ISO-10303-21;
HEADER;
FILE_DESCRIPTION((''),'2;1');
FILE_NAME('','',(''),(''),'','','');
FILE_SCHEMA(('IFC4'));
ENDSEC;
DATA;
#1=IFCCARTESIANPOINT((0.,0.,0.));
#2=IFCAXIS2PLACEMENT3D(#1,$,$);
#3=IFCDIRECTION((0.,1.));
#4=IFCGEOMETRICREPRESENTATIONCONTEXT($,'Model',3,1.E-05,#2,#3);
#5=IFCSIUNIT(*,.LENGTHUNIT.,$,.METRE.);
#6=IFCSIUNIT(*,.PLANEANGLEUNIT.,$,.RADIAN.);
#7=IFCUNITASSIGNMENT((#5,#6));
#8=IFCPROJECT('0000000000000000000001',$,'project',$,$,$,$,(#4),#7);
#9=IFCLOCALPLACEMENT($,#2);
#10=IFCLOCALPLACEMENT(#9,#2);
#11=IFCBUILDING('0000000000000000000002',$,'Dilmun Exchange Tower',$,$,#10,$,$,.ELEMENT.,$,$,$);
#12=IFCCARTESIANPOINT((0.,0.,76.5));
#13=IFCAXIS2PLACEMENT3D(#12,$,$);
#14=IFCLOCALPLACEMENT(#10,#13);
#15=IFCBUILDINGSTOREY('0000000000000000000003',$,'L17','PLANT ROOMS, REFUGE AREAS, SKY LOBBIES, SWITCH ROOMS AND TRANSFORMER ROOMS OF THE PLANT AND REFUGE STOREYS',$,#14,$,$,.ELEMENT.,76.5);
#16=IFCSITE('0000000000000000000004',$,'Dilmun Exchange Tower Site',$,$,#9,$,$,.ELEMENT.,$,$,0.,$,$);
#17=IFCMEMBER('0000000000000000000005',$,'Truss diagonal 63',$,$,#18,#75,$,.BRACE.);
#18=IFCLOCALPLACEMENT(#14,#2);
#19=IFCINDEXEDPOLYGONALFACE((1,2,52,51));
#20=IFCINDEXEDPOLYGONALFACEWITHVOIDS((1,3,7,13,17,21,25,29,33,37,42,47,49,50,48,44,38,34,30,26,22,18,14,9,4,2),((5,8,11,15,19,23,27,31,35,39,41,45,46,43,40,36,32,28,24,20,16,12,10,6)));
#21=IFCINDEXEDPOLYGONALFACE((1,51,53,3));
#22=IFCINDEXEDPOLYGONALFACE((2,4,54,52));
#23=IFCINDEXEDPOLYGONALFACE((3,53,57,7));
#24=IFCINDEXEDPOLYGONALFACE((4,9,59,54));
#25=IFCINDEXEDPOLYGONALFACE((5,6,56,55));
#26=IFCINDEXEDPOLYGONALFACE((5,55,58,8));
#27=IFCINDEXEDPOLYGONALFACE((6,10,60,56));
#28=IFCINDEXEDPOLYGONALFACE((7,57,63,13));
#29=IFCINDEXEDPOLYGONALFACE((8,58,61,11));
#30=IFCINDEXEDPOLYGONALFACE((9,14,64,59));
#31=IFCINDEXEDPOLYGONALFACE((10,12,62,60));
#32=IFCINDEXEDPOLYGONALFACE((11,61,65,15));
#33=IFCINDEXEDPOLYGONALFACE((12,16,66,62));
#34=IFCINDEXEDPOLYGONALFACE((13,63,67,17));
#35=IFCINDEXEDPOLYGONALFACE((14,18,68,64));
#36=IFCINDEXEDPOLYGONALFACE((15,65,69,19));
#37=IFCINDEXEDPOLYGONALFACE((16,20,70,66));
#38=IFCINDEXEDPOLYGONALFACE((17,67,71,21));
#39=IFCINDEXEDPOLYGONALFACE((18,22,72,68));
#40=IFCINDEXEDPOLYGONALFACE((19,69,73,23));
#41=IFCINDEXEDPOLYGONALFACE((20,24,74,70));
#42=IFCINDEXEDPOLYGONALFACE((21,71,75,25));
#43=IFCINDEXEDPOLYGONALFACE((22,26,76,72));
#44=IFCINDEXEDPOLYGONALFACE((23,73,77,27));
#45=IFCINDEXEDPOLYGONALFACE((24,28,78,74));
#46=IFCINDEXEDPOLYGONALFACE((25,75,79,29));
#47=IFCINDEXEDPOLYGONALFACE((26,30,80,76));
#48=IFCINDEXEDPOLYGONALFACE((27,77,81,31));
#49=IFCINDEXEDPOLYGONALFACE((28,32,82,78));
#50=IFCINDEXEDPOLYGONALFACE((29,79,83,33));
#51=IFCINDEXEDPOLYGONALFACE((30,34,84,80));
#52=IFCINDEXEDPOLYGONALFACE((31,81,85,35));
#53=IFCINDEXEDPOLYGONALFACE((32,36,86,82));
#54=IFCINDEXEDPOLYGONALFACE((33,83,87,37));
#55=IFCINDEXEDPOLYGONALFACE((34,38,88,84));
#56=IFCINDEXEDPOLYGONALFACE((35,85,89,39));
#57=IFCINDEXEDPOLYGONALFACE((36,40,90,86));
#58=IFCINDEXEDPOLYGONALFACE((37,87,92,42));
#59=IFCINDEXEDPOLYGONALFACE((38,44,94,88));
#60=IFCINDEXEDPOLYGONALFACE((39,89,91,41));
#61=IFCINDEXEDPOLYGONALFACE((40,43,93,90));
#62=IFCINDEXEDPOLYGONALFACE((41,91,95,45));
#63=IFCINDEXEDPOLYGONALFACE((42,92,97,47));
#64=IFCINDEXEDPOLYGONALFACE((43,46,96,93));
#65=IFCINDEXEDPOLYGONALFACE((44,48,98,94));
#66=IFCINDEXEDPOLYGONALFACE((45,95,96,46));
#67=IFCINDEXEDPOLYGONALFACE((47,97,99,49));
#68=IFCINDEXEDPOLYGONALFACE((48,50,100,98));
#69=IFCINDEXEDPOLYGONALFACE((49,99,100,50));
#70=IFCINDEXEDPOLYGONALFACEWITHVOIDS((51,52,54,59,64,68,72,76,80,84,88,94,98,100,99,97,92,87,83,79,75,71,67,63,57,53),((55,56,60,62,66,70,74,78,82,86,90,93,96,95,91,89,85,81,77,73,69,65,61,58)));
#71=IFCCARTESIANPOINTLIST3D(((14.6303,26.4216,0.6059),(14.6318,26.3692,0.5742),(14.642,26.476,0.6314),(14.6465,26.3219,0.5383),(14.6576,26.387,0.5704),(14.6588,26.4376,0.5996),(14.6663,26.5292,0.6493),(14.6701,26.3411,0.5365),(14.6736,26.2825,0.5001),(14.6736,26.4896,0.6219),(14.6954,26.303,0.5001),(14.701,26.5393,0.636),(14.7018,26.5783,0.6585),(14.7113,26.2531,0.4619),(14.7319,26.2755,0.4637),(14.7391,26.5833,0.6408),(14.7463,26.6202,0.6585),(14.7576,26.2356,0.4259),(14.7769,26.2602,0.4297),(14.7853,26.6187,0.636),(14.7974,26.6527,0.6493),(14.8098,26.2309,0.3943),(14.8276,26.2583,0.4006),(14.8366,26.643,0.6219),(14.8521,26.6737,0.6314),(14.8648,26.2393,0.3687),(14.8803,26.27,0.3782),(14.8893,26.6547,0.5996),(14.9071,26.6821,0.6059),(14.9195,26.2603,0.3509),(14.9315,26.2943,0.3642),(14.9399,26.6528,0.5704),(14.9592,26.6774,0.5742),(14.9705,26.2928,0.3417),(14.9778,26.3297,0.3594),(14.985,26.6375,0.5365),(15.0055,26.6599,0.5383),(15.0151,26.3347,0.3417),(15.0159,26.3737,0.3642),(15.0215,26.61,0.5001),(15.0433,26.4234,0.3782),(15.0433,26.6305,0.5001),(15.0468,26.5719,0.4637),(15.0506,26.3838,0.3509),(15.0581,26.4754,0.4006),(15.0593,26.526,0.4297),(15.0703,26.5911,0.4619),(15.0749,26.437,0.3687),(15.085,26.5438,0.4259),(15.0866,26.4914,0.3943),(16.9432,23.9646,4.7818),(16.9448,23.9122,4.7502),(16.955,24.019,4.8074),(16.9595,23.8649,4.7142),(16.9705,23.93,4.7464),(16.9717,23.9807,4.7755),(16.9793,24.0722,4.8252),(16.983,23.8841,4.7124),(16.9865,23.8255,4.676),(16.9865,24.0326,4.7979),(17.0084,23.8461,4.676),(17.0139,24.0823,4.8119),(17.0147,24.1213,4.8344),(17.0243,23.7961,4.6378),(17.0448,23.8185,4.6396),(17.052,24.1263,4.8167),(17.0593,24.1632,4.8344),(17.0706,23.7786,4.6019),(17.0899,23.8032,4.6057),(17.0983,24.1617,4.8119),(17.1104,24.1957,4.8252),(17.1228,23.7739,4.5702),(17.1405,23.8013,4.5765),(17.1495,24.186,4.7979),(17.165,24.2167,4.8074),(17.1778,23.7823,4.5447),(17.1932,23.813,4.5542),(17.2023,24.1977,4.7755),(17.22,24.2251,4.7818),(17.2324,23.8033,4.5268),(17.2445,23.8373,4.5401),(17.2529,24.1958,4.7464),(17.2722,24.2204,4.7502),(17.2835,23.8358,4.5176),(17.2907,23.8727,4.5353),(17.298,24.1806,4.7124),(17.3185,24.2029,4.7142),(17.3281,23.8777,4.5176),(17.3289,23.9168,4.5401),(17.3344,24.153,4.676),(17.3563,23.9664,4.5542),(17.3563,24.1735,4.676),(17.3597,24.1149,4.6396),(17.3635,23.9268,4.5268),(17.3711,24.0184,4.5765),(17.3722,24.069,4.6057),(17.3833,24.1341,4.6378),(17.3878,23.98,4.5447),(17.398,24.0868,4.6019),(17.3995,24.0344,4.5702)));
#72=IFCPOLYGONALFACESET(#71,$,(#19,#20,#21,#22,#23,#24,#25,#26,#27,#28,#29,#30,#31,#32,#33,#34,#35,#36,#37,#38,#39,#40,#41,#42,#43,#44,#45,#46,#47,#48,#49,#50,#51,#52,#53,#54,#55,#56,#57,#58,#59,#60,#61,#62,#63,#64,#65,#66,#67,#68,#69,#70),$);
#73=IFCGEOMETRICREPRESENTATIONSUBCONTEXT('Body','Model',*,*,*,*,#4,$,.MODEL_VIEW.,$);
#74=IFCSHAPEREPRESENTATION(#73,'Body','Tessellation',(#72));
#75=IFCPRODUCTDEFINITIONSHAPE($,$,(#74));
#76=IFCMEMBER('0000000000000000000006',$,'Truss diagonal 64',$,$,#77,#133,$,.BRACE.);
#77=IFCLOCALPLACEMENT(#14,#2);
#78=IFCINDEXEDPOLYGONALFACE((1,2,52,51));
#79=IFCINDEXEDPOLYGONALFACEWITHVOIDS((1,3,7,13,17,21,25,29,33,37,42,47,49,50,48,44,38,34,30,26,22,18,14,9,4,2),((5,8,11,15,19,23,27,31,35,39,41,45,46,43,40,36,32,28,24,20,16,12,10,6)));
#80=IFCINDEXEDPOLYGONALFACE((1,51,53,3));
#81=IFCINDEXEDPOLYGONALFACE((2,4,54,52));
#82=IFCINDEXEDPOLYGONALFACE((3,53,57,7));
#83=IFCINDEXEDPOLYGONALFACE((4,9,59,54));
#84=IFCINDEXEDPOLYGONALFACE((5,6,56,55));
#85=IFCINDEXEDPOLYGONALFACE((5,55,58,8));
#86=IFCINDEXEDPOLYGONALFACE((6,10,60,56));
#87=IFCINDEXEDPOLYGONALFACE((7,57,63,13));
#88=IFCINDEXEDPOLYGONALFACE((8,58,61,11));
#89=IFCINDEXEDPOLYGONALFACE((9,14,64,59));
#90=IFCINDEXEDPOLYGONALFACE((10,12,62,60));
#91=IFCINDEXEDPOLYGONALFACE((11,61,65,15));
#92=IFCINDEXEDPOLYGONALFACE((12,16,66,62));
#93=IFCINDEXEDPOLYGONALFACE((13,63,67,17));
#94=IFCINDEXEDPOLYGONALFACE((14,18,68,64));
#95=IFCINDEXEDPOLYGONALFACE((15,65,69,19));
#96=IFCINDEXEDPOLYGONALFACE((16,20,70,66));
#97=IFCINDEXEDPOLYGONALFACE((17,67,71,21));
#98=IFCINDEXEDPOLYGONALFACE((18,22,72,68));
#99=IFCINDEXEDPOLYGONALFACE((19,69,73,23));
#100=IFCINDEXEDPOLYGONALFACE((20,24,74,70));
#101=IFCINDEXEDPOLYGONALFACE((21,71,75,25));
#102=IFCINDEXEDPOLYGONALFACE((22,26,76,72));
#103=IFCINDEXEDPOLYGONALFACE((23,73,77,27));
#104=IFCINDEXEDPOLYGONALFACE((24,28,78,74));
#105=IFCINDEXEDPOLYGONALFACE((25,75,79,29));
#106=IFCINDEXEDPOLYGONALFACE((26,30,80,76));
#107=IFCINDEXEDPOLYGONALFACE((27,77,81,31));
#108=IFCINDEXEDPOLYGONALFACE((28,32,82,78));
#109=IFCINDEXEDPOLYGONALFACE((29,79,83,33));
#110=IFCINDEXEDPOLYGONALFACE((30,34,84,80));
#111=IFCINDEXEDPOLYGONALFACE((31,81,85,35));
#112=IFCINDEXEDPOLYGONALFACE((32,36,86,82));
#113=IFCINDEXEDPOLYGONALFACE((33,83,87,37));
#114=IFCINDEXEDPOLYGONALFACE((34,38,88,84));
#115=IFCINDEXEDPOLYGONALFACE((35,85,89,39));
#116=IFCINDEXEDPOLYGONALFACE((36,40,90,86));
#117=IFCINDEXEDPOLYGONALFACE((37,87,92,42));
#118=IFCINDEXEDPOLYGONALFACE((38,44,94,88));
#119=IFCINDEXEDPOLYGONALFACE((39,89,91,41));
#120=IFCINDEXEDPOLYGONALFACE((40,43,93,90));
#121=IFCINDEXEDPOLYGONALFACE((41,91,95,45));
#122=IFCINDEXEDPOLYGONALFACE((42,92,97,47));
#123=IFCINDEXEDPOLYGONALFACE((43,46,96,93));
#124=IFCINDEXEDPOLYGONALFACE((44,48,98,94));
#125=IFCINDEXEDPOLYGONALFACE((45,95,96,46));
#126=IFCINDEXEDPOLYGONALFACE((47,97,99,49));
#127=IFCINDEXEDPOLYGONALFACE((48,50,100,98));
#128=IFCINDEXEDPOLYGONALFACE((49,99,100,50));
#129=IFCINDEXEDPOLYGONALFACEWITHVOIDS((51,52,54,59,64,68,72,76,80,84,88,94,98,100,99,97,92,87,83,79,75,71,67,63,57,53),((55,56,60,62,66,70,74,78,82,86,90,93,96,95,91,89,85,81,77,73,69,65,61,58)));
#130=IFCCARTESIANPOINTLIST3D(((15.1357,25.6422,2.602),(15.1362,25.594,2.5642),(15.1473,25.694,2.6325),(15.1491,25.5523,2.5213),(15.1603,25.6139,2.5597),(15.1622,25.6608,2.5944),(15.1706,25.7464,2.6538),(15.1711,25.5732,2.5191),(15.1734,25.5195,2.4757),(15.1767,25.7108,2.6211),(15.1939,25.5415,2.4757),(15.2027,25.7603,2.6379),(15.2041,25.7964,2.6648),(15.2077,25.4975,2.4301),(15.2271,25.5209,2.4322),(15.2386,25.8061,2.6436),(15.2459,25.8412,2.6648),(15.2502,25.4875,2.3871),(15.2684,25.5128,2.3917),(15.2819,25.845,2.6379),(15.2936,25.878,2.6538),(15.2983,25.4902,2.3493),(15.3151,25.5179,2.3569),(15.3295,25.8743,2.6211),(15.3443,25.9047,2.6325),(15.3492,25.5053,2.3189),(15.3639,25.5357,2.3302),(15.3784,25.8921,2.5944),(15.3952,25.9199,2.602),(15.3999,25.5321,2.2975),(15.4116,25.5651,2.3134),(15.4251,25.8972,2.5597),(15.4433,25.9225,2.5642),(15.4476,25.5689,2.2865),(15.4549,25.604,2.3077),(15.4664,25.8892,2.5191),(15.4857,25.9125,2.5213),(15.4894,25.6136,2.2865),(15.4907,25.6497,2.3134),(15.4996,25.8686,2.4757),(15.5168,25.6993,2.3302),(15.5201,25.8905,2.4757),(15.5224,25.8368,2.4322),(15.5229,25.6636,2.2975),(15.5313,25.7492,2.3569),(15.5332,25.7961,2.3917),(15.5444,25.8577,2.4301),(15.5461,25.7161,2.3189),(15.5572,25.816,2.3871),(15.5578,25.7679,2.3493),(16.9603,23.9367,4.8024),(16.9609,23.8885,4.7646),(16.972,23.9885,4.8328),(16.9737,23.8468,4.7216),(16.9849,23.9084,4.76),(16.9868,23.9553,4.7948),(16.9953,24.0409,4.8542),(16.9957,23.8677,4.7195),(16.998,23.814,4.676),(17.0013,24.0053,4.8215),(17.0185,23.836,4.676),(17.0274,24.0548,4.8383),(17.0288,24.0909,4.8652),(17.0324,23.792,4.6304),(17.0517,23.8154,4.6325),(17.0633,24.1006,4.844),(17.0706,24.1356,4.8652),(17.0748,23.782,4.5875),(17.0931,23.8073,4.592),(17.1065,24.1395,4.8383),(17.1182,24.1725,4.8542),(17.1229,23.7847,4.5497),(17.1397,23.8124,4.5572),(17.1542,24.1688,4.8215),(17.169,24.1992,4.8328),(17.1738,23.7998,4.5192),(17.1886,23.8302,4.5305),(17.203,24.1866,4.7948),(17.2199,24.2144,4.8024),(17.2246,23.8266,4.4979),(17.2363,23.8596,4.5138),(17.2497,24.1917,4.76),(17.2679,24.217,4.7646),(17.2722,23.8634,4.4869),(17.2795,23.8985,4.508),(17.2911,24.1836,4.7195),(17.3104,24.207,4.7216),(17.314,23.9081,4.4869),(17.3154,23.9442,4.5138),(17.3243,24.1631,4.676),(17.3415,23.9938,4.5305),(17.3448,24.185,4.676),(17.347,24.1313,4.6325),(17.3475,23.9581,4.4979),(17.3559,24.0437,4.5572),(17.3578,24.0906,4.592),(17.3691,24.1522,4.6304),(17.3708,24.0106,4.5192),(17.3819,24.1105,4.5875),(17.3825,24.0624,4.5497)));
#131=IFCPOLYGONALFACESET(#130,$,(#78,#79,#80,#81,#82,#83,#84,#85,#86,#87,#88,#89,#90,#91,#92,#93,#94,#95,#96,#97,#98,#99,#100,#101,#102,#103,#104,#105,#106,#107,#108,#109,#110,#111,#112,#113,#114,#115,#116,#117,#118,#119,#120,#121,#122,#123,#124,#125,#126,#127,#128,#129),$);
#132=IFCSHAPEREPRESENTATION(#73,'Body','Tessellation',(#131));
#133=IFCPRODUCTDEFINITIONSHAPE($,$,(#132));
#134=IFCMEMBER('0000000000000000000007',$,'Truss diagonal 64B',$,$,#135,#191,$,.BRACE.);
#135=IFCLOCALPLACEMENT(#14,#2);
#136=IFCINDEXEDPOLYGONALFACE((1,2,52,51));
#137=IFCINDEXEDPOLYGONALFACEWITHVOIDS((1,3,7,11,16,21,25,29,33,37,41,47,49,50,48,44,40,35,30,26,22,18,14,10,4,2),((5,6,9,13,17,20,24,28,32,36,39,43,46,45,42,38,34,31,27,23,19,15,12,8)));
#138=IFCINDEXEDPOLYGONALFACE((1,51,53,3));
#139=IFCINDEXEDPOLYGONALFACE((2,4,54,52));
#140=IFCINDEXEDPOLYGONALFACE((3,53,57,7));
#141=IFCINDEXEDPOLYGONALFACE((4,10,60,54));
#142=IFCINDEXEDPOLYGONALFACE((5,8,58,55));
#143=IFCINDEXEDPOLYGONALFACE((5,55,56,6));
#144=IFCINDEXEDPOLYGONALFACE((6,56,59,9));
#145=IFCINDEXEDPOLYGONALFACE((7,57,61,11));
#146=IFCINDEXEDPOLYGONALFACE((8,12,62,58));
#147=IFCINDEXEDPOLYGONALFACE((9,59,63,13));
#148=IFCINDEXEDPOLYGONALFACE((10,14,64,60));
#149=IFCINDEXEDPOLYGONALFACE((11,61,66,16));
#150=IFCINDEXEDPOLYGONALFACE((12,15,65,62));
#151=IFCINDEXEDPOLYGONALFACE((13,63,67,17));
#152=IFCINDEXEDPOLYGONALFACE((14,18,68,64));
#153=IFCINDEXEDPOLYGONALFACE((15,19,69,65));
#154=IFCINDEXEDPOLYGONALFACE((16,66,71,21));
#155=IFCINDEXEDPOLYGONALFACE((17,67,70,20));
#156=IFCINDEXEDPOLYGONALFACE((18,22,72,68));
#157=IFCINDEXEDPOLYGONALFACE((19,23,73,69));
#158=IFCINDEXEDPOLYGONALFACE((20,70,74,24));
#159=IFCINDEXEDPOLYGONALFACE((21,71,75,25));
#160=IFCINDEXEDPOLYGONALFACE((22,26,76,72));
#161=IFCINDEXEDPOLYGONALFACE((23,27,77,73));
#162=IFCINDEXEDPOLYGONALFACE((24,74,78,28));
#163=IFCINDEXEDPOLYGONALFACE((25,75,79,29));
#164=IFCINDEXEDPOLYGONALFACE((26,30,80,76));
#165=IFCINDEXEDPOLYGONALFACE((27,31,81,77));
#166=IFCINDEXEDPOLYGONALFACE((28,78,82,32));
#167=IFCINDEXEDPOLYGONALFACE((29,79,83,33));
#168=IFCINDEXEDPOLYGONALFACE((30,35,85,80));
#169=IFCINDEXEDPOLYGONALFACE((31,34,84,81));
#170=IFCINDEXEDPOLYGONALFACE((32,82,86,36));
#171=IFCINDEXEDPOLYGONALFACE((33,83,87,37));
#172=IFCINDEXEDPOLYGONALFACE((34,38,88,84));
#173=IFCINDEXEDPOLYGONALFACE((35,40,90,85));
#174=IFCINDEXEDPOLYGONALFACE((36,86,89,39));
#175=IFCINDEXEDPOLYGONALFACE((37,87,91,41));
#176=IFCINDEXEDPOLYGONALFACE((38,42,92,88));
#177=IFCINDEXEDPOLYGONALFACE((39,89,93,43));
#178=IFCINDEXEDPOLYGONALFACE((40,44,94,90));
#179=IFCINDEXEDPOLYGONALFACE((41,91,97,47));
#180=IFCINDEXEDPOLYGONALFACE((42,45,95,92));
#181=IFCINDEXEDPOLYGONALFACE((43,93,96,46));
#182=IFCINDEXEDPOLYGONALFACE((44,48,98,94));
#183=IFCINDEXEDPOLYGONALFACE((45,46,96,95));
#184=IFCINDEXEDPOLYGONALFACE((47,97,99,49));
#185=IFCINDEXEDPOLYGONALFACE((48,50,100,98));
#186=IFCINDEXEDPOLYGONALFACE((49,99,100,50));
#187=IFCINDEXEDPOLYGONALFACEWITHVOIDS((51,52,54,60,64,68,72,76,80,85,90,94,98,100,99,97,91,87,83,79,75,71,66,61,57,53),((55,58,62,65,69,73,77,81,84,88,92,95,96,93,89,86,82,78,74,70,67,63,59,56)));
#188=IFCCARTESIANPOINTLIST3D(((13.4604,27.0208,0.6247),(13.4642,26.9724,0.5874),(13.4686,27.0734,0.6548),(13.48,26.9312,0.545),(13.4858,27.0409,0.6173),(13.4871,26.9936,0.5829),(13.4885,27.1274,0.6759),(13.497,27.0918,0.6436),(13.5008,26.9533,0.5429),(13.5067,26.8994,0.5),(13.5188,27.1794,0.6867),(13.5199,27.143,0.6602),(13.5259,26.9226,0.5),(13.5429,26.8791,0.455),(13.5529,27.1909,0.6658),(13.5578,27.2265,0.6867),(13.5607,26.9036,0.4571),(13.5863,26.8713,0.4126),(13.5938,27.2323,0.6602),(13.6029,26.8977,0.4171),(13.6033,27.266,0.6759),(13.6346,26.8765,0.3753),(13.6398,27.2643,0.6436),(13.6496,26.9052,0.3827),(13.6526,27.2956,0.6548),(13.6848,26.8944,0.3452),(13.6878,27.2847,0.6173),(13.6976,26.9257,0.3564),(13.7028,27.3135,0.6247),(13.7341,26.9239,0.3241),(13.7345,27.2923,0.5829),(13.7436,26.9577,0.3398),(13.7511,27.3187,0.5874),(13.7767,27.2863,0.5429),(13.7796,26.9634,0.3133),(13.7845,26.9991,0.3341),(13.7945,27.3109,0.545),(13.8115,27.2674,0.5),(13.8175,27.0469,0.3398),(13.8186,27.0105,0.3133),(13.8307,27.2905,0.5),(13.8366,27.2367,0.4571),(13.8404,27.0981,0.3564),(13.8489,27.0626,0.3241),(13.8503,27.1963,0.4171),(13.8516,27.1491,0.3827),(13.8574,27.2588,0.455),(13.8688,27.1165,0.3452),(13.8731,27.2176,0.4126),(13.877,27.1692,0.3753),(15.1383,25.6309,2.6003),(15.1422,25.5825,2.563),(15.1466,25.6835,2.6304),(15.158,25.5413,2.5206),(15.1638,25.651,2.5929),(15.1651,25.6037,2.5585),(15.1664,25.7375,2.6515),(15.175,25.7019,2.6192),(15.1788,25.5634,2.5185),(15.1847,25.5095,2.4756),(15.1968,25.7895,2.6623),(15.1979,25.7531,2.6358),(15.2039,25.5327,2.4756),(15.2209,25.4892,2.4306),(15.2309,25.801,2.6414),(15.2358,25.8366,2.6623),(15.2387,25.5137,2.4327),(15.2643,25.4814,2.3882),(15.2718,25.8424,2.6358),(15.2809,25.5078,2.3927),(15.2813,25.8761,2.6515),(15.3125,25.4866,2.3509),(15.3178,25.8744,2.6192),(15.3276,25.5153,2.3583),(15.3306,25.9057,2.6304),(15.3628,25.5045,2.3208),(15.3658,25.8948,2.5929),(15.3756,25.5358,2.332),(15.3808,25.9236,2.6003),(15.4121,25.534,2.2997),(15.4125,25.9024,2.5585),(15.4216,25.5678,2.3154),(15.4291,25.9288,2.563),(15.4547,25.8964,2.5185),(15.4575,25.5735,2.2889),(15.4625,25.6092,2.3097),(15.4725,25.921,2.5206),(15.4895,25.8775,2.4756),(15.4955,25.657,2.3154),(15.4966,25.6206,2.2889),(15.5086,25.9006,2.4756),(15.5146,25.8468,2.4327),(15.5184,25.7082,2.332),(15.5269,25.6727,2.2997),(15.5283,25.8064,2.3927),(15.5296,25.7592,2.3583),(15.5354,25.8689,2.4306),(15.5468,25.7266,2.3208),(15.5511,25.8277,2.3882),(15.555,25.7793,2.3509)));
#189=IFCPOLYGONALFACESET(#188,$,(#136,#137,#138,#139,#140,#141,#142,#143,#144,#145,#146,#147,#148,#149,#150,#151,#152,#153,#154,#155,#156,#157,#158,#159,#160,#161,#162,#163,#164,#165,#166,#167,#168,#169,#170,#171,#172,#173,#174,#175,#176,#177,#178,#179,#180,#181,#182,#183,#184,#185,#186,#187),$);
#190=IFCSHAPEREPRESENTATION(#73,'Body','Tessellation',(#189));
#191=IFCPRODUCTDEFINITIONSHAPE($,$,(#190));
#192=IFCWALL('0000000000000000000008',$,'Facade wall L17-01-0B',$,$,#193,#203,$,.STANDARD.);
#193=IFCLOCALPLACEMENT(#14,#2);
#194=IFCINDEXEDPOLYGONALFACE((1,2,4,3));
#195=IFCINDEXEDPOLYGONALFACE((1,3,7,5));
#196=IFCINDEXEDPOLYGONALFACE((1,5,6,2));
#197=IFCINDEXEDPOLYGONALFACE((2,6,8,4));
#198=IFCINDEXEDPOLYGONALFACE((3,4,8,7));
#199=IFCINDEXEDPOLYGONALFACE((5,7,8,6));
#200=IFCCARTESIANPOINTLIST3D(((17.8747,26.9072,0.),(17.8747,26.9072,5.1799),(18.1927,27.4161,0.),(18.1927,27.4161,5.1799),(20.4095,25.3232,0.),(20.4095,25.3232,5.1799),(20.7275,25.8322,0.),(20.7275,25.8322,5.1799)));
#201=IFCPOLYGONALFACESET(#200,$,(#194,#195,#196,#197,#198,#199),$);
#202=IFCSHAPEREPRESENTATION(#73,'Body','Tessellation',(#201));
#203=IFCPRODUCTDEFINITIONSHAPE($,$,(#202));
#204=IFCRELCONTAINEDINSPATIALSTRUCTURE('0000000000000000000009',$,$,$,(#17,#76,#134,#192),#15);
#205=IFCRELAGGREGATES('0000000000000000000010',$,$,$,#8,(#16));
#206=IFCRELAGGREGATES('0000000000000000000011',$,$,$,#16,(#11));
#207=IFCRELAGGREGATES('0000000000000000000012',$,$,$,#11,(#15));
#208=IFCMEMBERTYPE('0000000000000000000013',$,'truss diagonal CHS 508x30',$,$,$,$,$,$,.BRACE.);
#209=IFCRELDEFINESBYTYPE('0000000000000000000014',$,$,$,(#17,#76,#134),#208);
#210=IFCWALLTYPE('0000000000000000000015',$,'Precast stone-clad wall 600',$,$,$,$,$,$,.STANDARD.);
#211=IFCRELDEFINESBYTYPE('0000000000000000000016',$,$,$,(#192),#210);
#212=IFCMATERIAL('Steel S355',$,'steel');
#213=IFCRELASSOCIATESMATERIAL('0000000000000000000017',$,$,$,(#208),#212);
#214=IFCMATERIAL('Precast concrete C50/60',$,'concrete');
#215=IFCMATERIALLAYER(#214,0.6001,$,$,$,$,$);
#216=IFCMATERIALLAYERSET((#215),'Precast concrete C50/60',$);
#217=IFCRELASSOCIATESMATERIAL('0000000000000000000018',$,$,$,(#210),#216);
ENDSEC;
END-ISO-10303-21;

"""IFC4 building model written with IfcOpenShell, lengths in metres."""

from ifc_helpers import new_model, si_unit, direction, frame, frame_2d, origin, origin_2d, place, context, subcontext, project, spatial, rectangle, hollow_circle, extrude, material, layer, layer_set, material_profile, profile_set, type_object, element, save


model = new_model("IFC4")

# Units and contexts
model_context = context("Model", 3, precision=1e-05, world=origin(), true_north=direction((0.0, 1.0)))
body_context = subcontext(model_context, "Body", "Model", "MODEL_VIEW")
ifc_project = project(units=[si_unit("LENGTHUNIT", "METRE"), si_unit("PLANEANGLEUNIT", "RADIAN")], contexts=[model_context])

# Site, building, storey
site_placement = place(None, origin())
site = spatial("IfcSite", under=ifc_project, at=site_placement, Name="Dilmun Exchange Tower Site", CompositionType="ELEMENT", RefElevation=0.0)
building_placement = place(site_placement, origin())
building = spatial("IfcBuilding", under=site, at=building_placement, Name="Dilmun Exchange Tower", CompositionType="ELEMENT")
storey_placement = place(building_placement, frame((0.0, 0.0, 76.5)))
storey = spatial("IfcBuildingStorey", under=building, at=storey_placement, Name="L17", Description="PLANT ROOMS, REFUGE AREAS, SKY LOBBIES, SWITCH ROOMS AND TRANSFORMER ROOMS OF THE PLANT AND REFUGE STOREYS", CompositionType="ELEMENT", Elevation=76.5)

# Shared definitions
ifc_material_1 = material(Name="Steel S355", Category="steel")

# Members
ifc_material_profile_1 = material_profile(ifc_material_1, hollow_circle(Radius=0.2539, WallThickness=0.03, at=origin_2d()), Name="CHS 508x30")
ifc_profile_set_1 = profile_set([ifc_material_profile_1], Name="Steel S355")
member_type_1 = type_object("IfcMemberType", Name="truss diagonal CHS 508x30", PredefinedType="BRACE", material=ifc_profile_set_1)
member_1_placement = place(storey_placement, frame((17.1714, 23.9995, 4.676), z_axis=(-0.430805, 0.457633, -0.777804), x_axis=(-0.728128, -0.685441, 0.0)))
element("IfcMember", 1, at=member_1_placement, inside=storey, type_object=member_type_1, Name="Truss diagonal 63", PredefinedType="BRACE", context=body_context, shape_type="SweptSolid", body=[
    extrude(hollow_circle(Radius=0.2539, WallThickness=0.03, at=origin_2d()), origin(), (0.0, 0.0, 1.0), 5.3689),
])
member_2_placement = place(storey_placement, frame((17.1714, 23.9995, 4.676), z_axis=(-0.548169, 0.512377, -0.661045), x_axis=(-0.682854, -0.730554, 0.0)))
element("IfcMember", 2, at=member_2_placement, inside=storey, type_object=member_type_1, Name="Truss diagonal 64", PredefinedType="BRACE", context=body_context, shape_type="SweptSolid", body=[
    extrude(hollow_circle(Radius=0.2539, WallThickness=0.03, at=origin_2d()), origin(), (0.0, 0.0, 1.0), 3.3286),
])
member_3_placement = place(storey_placement, frame((15.3467, 25.7051, 2.4756), z_axis=(-0.570518, 0.472568, -0.671706), x_axis=(-0.6379, -0.770119, 0.0)))
element("IfcMember", 3, at=member_3_placement, inside=storey, type_object=member_type_1, Name="Truss diagonal 64B", PredefinedType="BRACE", context=body_context, shape_type="SweptSolid", body=[
    extrude(hollow_circle(Radius=0.2539, WallThickness=0.03, at=origin_2d()), origin(), (0.0, 0.0, 1.0), 2.9412),
])

# Wall
ifc_material_2 = material(Name="Precast concrete C50/60", Category="concrete")
ifc_layer_1 = layer(ifc_material_2, 0.6001)
ifc_layer_set_1 = layer_set([ifc_layer_1], Name="Precast concrete C50/60")
wall_type_1 = type_object("IfcWallType", Name="Precast stone-clad wall 600", PredefinedType="STANDARD", material=ifc_layer_set_1)
wall_1_placement = place(storey_placement, frame((20.5686, 25.5776, 0.0), z_axis=(0.0, 0.0, 1.0), x_axis=(-0.848049, 0.529918, 0.0)))
element("IfcWall", 4, at=wall_1_placement, inside=storey, type_object=wall_type_1, Name="Facade wall L17-01-0B", PredefinedType="STANDARD", context=body_context, shape_type="SweptSolid", body=[
    extrude(rectangle(XDim=2.989, YDim=0.6001, at=frame_2d((1.4946, 0.0))), origin(), (0.0, 0.0, 1.0), 5.1799),
])

save(model, "model.ifc")
